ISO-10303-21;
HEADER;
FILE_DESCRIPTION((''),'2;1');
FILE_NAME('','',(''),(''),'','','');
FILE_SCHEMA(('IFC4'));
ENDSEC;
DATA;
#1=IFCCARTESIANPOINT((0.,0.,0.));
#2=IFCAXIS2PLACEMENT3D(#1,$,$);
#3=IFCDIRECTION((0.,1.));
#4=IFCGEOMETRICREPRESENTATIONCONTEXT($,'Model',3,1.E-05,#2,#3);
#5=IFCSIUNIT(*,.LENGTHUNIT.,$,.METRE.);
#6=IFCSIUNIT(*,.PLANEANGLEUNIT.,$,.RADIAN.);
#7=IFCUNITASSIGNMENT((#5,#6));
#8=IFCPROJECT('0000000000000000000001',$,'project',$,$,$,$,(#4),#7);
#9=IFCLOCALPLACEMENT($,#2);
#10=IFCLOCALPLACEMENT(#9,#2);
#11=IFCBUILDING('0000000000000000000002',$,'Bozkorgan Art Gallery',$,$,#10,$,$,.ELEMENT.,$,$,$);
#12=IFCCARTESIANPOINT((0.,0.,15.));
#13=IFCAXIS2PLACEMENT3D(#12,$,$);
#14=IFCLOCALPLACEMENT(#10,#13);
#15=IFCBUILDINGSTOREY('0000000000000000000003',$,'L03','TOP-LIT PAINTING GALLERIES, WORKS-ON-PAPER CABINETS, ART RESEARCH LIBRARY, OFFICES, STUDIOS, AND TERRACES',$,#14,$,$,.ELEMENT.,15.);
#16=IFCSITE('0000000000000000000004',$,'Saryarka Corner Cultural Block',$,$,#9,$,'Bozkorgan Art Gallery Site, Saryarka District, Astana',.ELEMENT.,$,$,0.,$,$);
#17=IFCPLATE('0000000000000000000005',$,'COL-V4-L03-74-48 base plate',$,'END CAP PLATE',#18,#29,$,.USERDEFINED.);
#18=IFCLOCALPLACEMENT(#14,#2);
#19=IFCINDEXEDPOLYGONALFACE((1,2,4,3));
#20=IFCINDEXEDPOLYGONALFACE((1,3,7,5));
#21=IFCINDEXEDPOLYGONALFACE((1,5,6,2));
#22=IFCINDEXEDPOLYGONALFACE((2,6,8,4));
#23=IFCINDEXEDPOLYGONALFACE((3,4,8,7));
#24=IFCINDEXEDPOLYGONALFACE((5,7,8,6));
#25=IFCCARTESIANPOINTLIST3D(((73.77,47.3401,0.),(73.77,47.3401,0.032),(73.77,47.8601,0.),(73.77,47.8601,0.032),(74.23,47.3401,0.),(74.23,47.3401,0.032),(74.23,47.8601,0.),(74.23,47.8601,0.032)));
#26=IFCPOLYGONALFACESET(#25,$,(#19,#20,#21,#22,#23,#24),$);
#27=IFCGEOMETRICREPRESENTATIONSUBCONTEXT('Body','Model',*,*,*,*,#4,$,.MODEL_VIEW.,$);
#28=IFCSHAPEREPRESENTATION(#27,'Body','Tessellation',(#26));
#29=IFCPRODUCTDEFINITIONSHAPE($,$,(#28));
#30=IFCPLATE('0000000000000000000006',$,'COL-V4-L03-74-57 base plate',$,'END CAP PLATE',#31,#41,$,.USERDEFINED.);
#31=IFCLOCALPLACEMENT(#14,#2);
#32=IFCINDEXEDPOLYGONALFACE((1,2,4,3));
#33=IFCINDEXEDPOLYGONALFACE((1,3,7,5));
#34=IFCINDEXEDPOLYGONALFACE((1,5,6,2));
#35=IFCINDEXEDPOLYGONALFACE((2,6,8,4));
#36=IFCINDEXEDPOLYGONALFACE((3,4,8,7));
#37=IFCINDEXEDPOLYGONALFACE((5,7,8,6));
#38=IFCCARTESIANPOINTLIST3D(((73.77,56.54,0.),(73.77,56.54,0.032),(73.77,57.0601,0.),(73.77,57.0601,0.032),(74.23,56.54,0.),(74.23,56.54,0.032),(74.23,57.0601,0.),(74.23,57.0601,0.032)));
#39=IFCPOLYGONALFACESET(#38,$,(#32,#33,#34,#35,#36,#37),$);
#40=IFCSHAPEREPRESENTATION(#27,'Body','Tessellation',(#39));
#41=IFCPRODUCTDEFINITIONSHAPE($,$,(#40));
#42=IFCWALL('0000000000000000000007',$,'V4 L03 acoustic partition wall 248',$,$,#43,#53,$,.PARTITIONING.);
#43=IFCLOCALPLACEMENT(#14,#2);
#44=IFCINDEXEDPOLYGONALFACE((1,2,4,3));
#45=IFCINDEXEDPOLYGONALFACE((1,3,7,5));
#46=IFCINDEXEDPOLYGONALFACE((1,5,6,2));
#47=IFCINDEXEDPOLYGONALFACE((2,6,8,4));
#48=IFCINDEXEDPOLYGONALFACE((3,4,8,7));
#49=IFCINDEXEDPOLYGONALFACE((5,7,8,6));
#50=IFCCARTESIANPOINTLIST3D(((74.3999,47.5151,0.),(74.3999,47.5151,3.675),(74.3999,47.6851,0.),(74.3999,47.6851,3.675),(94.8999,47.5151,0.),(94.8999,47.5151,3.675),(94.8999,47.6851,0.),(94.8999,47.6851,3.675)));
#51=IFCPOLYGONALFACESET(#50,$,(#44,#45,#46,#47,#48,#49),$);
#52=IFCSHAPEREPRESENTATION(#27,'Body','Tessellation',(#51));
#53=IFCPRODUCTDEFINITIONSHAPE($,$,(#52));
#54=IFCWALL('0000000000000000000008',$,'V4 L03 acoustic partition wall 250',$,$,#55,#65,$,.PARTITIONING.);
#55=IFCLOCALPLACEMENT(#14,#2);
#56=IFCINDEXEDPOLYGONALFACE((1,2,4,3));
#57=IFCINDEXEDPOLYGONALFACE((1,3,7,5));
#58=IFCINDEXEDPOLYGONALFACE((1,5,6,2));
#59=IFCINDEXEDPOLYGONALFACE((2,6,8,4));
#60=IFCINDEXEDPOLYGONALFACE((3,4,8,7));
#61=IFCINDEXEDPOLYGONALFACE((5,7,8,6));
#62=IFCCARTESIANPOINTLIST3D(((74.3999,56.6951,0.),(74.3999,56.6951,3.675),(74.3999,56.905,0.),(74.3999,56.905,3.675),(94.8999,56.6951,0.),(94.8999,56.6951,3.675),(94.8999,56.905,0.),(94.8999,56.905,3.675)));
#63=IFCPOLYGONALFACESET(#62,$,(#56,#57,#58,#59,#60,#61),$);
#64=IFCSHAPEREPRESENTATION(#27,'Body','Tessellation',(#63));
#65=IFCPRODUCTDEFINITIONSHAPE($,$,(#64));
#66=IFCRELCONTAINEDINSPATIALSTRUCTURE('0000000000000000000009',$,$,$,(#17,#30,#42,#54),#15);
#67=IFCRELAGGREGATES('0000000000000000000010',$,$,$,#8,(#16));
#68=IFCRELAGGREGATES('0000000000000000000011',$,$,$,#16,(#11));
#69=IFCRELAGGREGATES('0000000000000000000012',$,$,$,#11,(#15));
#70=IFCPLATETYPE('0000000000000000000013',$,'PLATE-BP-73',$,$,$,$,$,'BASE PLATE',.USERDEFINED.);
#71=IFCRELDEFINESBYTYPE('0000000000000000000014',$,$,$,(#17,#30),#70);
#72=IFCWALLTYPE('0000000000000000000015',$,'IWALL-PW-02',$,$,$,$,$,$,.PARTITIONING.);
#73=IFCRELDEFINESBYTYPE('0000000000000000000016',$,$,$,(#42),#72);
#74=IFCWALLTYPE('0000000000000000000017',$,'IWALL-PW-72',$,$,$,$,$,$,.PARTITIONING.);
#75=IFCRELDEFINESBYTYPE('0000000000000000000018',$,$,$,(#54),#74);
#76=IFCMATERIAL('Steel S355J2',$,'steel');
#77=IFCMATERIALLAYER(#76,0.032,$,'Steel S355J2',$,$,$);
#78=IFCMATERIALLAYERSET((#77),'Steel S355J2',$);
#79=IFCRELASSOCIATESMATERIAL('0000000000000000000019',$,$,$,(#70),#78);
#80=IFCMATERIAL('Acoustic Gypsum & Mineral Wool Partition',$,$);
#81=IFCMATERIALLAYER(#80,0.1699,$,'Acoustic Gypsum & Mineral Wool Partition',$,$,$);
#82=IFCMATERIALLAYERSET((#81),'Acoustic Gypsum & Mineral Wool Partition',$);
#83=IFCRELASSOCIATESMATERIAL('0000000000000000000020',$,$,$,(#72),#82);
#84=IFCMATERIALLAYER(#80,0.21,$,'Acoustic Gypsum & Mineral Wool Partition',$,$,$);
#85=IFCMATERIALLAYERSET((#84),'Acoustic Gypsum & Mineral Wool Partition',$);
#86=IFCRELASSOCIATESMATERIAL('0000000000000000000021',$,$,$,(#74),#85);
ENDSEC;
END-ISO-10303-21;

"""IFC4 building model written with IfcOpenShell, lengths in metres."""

from ifc_helpers import new_model, si_unit, direction, frame, frame_2d, origin, origin_2d, place, context, subcontext, project, spatial, rectangle, extrude, material, layer, layer_set, type_object, element, save


model = new_model("IFC4")

# Units and contexts
model_context = context("Model", 3, precision=1e-05, world=origin(), true_north=direction((0.0, 1.0)))
body_context = subcontext(model_context, "Body", "Model", "MODEL_VIEW")
ifc_project = project(units=[si_unit("LENGTHUNIT", "METRE"), si_unit("PLANEANGLEUNIT", "RADIAN")], contexts=[model_context])

# Site, building, storey
site_placement = place(None, origin())
site = spatial("IfcSite", under=ifc_project, at=site_placement, Name="Saryarka Corner Cultural Block", LongName="Bozkorgan Art Gallery Site, Saryarka District, Astana", CompositionType="ELEMENT", RefElevation=0.0)
building_placement = place(site_placement, origin())
building = spatial("IfcBuilding", under=site, at=building_placement, Name="Bozkorgan Art Gallery", CompositionType="ELEMENT")
storey_placement = place(building_placement, frame((0.0, 0.0, 15.0)))
storey = spatial("IfcBuildingStorey", under=building, at=storey_placement, Name="L03", Description="TOP-LIT PAINTING GALLERIES, WORKS-ON-PAPER CABINETS, ART RESEARCH LIBRARY, OFFICES, STUDIOS, AND TERRACES", CompositionType="ELEMENT", Elevation=15.0)

# Shared definitions
ifc_material_1 = material(Name="Steel S355J2", Category="steel")

# Plates
ifc_layer_1 = layer(ifc_material_1, 0.032, Name="Steel S355J2")
ifc_layer_set_1 = layer_set([ifc_layer_1], Name="Steel S355J2")
plate_type_1 = type_object("IfcPlateType", Name="PLATE-BP-73", ElementType="BASE PLATE", PredefinedType="USERDEFINED", material=ifc_layer_set_1)
for number, where, z_axis, x_axis, name in (
    (1, (74.0, 47.6001, 0.0), (0.0, 0.0, 1.0), (1.0, 0.0, 0.0), "COL-V4-L03-74-48 base plate"),
    (2, (74.0, 56.8, 0.0), (0.0, 0.0, 1.0), (1.0, 0.0, 0.0), "COL-V4-L03-74-57 base plate"),
):
    element("IfcPlate", number, at=place(storey_placement, frame(where, z_axis=z_axis, x_axis=x_axis)), inside=storey, type_object=plate_type_1, Name=name, ObjectType="END CAP PLATE", PredefinedType="USERDEFINED", context=body_context, shape_type="SweptSolid", body=[
        extrude(rectangle(XDim=0.46, YDim=0.52, at=origin_2d()), origin(), (0.0, 0.0, 1.0), 0.032),
    ])

# Walls
ifc_material_2 = material(Name="Acoustic Gypsum & Mineral Wool Partition")
ifc_layer_2 = layer(ifc_material_2, 0.1699, Name="Acoustic Gypsum & Mineral Wool Partition")
ifc_layer_set_2 = layer_set([ifc_layer_2], Name="Acoustic Gypsum & Mineral Wool Partition")
wall_type_1 = type_object("IfcWallType", Name="IWALL-PW-02", PredefinedType="PARTITIONING", material=ifc_layer_set_2)
wall_1_placement = place(storey_placement, frame((74.3999, 47.6001, 0.0), z_axis=(0.0, 0.0, 1.0), x_axis=(1.0, 0.0, 0.0)))
element("IfcWall", 3, at=wall_1_placement, inside=storey, type_object=wall_type_1, Name="V4 L03 acoustic partition wall 248", PredefinedType="PARTITIONING", context=body_context, shape_type="SweptSolid", body=[
    extrude(rectangle(XDim=20.5, YDim=0.1699, at=frame_2d((10.25, 0.0))), origin(), (0.0, 0.0, 1.0), 3.675),
])
ifc_layer_3 = layer(ifc_material_2, 0.21, Name="Acoustic Gypsum & Mineral Wool Partition")
ifc_layer_set_3 = layer_set([ifc_layer_3], Name="Acoustic Gypsum & Mineral Wool Partition")
wall_type_2 = type_object("IfcWallType", Name="IWALL-PW-72", PredefinedType="PARTITIONING", material=ifc_layer_set_3)
wall_2_placement = place(storey_placement, frame((74.3999, 56.8, 0.0), z_axis=(0.0, 0.0, 1.0), x_axis=(1.0, 0.0, 0.0)))
element("IfcWall", 4, at=wall_2_placement, inside=storey, type_object=wall_type_2, Name="V4 L03 acoustic partition wall 250", PredefinedType="PARTITIONING", context=body_context, shape_type="SweptSolid", body=[
    extrude(rectangle(XDim=20.5, YDim=0.21, at=frame_2d((10.25, 0.0))), origin(), (0.0, 0.0, 1.0), 3.675),
])

save(model, "model.ifc")
